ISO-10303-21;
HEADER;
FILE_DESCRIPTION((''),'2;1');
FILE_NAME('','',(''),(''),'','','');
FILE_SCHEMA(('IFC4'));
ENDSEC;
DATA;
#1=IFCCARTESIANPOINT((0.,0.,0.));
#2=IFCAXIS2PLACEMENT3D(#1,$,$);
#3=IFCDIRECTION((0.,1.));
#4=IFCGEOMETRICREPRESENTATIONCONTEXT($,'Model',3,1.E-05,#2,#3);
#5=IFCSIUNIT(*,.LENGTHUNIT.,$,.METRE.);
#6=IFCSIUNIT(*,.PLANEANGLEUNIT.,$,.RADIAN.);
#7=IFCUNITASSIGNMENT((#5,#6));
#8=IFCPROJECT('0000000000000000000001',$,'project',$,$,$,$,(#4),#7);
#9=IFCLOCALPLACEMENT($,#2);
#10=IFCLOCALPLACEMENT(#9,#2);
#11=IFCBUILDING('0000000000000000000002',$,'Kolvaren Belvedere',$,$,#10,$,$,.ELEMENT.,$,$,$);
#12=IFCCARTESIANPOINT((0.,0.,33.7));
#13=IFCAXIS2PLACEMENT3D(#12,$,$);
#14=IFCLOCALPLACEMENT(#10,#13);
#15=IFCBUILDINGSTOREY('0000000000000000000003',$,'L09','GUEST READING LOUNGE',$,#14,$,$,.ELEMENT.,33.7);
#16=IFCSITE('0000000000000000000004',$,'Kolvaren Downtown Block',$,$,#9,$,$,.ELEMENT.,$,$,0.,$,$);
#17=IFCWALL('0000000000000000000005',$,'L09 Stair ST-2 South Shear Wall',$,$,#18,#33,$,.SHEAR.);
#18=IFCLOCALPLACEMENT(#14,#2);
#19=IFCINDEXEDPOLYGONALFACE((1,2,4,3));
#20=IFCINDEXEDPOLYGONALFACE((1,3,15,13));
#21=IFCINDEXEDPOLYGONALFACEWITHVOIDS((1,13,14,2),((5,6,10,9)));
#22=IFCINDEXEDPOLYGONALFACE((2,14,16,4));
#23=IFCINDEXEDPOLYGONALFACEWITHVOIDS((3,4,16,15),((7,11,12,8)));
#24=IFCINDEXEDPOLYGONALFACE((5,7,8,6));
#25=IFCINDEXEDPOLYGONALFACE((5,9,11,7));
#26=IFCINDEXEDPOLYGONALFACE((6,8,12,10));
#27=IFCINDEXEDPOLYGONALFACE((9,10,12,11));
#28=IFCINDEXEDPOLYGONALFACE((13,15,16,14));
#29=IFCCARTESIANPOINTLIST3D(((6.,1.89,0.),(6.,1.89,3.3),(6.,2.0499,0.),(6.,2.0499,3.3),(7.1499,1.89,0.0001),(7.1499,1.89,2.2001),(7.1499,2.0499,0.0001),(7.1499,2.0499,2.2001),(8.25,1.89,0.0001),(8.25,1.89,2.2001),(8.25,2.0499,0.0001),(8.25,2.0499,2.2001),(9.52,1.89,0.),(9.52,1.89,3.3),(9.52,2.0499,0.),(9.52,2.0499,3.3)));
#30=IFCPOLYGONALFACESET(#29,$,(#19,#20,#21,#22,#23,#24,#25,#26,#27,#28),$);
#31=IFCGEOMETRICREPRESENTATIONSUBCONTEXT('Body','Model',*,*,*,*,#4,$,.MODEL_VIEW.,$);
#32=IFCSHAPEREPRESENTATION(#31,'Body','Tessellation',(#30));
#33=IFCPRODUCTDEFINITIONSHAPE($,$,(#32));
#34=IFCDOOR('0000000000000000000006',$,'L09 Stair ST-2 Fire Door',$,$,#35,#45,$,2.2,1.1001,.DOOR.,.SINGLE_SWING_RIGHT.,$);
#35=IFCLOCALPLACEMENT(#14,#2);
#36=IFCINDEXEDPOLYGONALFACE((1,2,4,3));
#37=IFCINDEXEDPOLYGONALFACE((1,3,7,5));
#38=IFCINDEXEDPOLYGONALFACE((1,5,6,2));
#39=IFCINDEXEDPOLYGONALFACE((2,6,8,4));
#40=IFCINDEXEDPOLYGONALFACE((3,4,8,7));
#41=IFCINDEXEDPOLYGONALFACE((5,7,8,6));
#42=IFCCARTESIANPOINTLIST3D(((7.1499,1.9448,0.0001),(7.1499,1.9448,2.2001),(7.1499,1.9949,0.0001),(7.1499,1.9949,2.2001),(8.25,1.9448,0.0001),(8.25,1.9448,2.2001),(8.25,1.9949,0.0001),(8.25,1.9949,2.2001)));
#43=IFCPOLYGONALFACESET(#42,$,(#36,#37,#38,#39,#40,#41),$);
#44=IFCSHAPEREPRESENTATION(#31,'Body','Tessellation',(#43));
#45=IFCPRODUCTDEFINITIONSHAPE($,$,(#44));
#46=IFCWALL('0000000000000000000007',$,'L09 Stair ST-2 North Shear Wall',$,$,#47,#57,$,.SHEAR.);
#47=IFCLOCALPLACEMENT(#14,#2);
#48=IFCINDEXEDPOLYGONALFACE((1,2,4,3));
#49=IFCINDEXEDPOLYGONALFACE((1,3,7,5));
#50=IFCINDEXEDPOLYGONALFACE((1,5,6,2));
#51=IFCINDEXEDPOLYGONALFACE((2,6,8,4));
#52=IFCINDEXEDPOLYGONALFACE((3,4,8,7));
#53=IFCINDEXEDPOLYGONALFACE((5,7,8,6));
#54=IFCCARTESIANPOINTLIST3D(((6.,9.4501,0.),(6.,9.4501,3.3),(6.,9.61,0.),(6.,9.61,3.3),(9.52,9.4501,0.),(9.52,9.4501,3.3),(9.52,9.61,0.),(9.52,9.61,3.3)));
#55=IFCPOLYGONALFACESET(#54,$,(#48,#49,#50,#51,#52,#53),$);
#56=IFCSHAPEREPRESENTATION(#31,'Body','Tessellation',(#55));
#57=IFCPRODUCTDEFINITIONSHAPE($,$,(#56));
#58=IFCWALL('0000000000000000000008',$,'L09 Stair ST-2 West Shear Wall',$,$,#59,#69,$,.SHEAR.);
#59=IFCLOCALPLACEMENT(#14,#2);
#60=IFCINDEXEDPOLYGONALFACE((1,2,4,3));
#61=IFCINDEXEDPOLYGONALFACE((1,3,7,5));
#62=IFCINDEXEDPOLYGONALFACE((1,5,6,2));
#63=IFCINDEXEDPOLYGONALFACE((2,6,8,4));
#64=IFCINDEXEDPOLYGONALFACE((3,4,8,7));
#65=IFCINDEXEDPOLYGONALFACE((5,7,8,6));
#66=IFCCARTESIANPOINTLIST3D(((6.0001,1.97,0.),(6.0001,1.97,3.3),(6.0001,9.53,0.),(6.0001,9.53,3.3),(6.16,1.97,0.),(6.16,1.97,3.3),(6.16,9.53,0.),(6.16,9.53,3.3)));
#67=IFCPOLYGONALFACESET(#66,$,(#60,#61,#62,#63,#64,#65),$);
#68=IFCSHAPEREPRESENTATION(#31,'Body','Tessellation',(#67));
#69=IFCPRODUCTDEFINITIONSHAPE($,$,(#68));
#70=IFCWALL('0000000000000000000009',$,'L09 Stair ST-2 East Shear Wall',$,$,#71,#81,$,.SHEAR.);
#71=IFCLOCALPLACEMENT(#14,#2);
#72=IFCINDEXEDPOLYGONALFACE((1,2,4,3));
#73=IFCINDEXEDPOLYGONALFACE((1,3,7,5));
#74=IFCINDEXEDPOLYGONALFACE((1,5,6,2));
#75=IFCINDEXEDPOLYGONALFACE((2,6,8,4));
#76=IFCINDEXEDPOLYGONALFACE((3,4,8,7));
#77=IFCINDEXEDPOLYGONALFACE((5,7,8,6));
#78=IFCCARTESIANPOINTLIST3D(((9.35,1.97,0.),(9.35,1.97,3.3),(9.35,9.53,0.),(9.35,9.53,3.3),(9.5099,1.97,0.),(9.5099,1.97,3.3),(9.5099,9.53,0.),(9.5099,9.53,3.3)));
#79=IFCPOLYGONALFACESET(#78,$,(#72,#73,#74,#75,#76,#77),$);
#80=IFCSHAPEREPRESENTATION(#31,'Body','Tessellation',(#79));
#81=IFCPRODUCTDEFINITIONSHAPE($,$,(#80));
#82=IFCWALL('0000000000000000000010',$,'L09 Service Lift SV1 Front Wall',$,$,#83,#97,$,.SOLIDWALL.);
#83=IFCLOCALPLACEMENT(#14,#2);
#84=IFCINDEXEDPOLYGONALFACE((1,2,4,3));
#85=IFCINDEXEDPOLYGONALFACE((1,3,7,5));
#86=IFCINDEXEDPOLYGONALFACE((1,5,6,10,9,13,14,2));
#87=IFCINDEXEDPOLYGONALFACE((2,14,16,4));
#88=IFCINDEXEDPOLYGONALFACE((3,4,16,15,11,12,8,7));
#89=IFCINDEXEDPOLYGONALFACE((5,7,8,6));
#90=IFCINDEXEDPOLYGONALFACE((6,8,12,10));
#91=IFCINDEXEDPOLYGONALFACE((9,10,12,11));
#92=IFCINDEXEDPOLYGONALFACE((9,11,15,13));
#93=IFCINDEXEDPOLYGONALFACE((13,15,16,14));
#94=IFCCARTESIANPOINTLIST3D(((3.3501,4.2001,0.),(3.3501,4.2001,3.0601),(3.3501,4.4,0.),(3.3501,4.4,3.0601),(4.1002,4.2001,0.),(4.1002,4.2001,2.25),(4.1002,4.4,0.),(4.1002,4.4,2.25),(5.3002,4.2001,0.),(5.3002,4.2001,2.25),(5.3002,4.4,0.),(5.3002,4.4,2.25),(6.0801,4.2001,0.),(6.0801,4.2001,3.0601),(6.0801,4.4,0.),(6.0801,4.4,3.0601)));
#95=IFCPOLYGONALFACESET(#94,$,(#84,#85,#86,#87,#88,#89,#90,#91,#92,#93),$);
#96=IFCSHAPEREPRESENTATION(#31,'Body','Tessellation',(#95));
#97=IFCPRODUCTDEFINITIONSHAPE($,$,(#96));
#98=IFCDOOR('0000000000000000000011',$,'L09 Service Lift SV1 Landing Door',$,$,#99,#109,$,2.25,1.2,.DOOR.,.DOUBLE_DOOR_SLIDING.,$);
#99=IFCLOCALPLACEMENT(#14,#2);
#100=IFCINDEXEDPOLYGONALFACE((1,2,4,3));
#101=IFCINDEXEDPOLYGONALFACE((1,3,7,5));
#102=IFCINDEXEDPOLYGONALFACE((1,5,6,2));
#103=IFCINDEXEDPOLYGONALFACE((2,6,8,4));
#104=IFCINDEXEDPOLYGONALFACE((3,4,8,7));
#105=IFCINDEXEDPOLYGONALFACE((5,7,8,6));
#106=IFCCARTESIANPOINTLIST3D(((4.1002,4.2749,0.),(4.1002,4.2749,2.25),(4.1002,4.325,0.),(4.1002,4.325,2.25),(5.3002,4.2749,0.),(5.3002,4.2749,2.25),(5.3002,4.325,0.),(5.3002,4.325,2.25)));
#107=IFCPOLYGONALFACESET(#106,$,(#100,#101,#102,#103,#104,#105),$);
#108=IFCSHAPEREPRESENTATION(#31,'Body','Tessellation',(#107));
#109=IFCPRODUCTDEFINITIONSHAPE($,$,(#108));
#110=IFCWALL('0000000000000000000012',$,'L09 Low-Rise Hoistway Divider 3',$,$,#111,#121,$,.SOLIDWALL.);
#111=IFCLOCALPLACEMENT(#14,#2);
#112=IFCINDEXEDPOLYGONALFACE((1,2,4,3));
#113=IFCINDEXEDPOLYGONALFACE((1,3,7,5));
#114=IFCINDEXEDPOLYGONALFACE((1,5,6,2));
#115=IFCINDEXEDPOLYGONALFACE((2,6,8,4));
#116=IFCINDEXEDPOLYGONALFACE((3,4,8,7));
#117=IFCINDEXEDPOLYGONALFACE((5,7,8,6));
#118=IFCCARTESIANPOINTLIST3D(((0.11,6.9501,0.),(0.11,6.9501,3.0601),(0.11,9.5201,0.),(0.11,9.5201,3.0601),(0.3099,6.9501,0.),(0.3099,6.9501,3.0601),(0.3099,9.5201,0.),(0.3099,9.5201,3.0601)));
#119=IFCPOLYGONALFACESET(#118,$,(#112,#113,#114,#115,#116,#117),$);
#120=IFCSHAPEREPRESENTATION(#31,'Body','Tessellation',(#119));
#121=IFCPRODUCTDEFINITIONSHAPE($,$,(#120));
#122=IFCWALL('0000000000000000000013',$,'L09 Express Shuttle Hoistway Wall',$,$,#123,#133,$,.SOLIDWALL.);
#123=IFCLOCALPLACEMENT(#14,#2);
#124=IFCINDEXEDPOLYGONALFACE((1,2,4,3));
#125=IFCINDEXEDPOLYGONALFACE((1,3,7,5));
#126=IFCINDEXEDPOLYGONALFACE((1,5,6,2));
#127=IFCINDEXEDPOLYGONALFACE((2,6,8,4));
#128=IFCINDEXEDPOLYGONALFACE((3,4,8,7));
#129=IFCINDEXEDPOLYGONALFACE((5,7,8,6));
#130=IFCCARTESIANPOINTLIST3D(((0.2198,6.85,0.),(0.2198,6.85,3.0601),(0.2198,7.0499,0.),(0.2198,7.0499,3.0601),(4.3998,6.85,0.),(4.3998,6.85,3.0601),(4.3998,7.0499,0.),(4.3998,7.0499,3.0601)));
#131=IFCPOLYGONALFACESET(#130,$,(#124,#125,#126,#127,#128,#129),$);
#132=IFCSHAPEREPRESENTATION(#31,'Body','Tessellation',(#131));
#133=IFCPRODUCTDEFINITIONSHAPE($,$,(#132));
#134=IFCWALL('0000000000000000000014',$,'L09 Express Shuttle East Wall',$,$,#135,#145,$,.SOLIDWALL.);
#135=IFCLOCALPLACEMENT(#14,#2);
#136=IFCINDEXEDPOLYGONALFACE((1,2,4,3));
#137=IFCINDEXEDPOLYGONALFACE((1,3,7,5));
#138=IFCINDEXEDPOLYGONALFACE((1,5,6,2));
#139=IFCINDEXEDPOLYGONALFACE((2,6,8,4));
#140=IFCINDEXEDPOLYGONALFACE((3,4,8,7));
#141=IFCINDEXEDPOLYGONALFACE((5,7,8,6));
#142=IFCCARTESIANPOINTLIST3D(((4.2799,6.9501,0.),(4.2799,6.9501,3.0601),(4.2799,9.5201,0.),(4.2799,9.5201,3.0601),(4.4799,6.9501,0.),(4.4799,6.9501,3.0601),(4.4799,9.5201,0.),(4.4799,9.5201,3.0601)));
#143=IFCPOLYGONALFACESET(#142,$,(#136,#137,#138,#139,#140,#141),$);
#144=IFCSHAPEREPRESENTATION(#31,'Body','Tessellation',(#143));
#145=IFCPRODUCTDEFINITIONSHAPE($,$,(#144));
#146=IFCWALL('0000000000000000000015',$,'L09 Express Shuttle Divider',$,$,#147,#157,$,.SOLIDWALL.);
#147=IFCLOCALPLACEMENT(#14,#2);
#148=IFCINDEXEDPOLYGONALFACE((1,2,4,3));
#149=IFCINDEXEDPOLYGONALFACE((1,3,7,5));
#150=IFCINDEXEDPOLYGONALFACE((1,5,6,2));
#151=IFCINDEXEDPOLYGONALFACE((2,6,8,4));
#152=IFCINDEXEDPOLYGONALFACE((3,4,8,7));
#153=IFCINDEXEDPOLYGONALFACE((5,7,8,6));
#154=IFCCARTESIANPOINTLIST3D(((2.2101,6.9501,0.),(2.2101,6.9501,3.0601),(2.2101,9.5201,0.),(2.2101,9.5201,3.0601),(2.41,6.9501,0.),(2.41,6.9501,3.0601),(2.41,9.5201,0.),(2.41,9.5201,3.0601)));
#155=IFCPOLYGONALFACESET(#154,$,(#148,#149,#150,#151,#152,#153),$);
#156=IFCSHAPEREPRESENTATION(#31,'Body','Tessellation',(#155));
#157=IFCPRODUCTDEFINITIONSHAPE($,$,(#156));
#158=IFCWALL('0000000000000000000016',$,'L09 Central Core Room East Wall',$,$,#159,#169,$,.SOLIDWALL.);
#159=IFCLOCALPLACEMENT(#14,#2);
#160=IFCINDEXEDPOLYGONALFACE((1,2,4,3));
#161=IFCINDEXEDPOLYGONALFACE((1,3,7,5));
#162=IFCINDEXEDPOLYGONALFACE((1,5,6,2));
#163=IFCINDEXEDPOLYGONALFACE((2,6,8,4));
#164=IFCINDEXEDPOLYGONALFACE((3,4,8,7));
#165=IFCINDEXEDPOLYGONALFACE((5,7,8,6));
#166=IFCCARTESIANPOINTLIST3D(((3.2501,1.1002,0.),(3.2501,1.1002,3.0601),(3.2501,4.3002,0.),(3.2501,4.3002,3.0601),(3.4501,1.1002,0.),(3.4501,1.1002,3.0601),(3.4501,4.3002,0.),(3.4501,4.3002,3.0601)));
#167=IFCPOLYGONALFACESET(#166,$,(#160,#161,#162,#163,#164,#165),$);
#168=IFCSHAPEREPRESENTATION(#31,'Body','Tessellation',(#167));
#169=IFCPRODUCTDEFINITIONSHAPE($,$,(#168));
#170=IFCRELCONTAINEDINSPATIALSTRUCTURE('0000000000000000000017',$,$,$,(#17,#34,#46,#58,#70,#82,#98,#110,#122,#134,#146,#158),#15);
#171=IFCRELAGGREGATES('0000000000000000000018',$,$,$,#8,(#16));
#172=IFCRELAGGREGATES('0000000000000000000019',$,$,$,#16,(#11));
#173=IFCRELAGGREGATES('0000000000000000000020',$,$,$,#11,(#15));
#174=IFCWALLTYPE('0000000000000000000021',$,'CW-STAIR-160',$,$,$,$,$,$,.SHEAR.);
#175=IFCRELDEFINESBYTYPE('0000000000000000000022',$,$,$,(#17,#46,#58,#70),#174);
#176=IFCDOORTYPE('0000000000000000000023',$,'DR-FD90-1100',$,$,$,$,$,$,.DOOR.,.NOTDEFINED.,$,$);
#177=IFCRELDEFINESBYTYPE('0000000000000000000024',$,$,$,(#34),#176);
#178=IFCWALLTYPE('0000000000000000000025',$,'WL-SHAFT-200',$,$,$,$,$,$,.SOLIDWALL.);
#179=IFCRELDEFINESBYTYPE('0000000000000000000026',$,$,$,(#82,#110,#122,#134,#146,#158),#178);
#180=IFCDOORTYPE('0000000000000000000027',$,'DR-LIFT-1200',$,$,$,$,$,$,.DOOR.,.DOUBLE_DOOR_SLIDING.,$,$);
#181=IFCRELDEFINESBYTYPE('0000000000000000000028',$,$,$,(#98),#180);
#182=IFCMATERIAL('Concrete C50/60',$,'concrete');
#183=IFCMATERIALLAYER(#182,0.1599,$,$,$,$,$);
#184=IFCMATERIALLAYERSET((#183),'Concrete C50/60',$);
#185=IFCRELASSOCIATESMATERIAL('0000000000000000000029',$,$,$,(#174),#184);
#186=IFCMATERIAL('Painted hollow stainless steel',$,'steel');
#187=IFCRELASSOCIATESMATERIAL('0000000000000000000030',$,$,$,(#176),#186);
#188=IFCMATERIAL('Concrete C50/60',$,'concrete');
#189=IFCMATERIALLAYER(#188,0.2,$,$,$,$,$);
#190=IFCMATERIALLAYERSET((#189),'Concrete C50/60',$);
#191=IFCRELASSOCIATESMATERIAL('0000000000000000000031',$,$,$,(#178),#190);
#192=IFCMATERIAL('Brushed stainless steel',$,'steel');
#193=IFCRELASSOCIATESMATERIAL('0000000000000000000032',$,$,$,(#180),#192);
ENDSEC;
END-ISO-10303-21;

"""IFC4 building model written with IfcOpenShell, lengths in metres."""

from ifc_helpers import new_model, si_unit, direction, frame, frame_2d, origin, place, context, subcontext, project, spatial, rectangle, extrude, material, layer, layer_set, type_object, element, fill, save


model = new_model("IFC4")

# Units and contexts
model_context = context("Model", 3, precision=1e-05, world=origin(), true_north=direction((0.0, 1.0)))
body_context = subcontext(model_context, "Body", "Model", "MODEL_VIEW")
ifc_project = project(units=[si_unit("LENGTHUNIT", "METRE"), si_unit("PLANEANGLEUNIT", "RADIAN")], contexts=[model_context])

# Site, building, storey
site_placement = place(None, origin())
site = spatial("IfcSite", under=ifc_project, at=site_placement, Name="Kolvaren Downtown Block", CompositionType="ELEMENT", RefElevation=0.0)
building_placement = place(site_placement, origin())
building = spatial("IfcBuilding", under=site, at=building_placement, Name="Kolvaren Belvedere", CompositionType="ELEMENT")
storey_placement = place(building_placement, frame((0.0, 0.0, 33.7)))
storey = spatial("IfcBuildingStorey", under=building, at=storey_placement, Name="L09", Description="GUEST READING LOUNGE", CompositionType="ELEMENT", Elevation=33.7)

# Wall, opening, door
ifc_material_1 = material(Name="Concrete C50/60", Category="concrete")
ifc_layer_1 = layer(ifc_material_1, 0.1599)
ifc_layer_set_1 = layer_set([ifc_layer_1], Name="Concrete C50/60")
wall_type_1 = type_object("IfcWallType", Name="CW-STAIR-160", PredefinedType="SHEAR", material=ifc_layer_set_1)
wall_1_placement = place(storey_placement, frame((6.0, 1.97, 0.0), z_axis=(0.0, 0.0, 1.0), x_axis=(1.0, 0.0, 0.0)))
wall_1 = element("IfcWall", 1, at=wall_1_placement, inside=storey, type_object=wall_type_1, Name="L09 Stair ST-2 South Shear Wall", PredefinedType="SHEAR", context=body_context, shape_type="SweptSolid", body=[
    extrude(rectangle(XDim=3.52, YDim=0.1599, at=frame_2d((1.76, 0.0))), origin(), (0.0, 0.0, 1.0), 3.3),
])
opening_1_placement = place(wall_1_placement, frame((1.1499, 0.0, 0.0)))
opening_1 = element("IfcOpeningElement", 2, at=opening_1_placement, cuts=wall_1, PredefinedType="OPENING", context=body_context, shape_type="SweptSolid", body=[
    extrude(rectangle(XDim=1.1001, YDim=2.2, at=frame_2d((0.55, 1.1001))), frame((0.0, 0.0898, 0.0), z_axis=(0.0, -1.0, 0.0), x_axis=(1.0, 0.0, 0.0)), (0.0, 0.0, 1.0), 0.1799),
])
ifc_material_2 = material(Name="Painted hollow stainless steel", Category="steel")
door_type_1 = type_object("IfcDoorType", Name="DR-FD90-1100", OperationType="NOTDEFINED", PredefinedType="DOOR", material=ifc_material_2)
door_1_placement = place(opening_1_placement, origin())
door_1 = element("IfcDoor", 3, at=door_1_placement, inside=storey, type_object=door_type_1, Name="L09 Stair ST-2 Fire Door", OperationType="SINGLE_SWING_RIGHT", OverallHeight=2.2, OverallWidth=1.1001, PredefinedType="DOOR", context=body_context, shape_type="SweptSolid", body=[
    extrude(rectangle(XDim=1.1001, YDim=2.2, at=frame_2d((0.55, 1.1001))), frame((0.0, 0.0249, 0.0), z_axis=(0.0, -1.0, 0.0), x_axis=(1.0, 0.0, 0.0)), (0.0, 0.0, 1.0), 0.05),
])
fill(opening_1, door_1)

# Walls
wall_2_placement = place(storey_placement, frame((6.0, 9.53, 0.0), z_axis=(0.0, 0.0, 1.0), x_axis=(1.0, 0.0, 0.0)))
element("IfcWall", 4, at=wall_2_placement, inside=storey, type_object=wall_type_1, Name="L09 Stair ST-2 North Shear Wall", PredefinedType="SHEAR", context=body_context, shape_type="SweptSolid", body=[
    extrude(rectangle(XDim=3.52, YDim=0.1599, at=frame_2d((1.76, 0.0))), origin(), (0.0, 0.0, 1.0), 3.3),
])
for number, where, z_axis, x_axis, name in (
    (5, (6.0801, 1.97, 0.0), (0.0, 0.0, 1.0), (0.0, 1.0, 0.0), "L09 Stair ST-2 West Shear Wall"),
    (6, (9.4299, 1.97, 0.0), (0.0, 0.0, 1.0), (0.0, 1.0, 0.0), "L09 Stair ST-2 East Shear Wall"),
):
    element("IfcWall", number, at=place(storey_placement, frame(where, z_axis=z_axis, x_axis=x_axis)), inside=storey, type_object=wall_type_1, Name=name, PredefinedType="SHEAR", context=body_context, shape_type="SweptSolid", body=[
        extrude(rectangle(XDim=7.5601, YDim=0.1599, at=frame_2d((3.78, 0.0))), origin(), (0.0, 0.0, 1.0), 3.3),
    ])

# Wall, opening, door
ifc_material_3 = material(Name="Concrete C50/60", Category="concrete")
ifc_layer_2 = layer(ifc_material_3, 0.2)
ifc_layer_set_2 = layer_set([ifc_layer_2], Name="Concrete C50/60")
wall_type_2 = type_object("IfcWallType", Name="WL-SHAFT-200", PredefinedType="SOLIDWALL", material=ifc_layer_set_2)
wall_3_placement = place(storey_placement, frame((3.3501, 4.3, 0.0), z_axis=(0.0, 0.0, 1.0), x_axis=(1.0, 0.0, 0.0)))
wall_3 = element("IfcWall", 7, at=wall_3_placement, inside=storey, type_object=wall_type_2, Name="L09 Service Lift SV1 Front Wall", PredefinedType="SOLIDWALL", context=body_context, shape_type="SweptSolid", body=[
    extrude(rectangle(XDim=2.73, YDim=0.2, at=frame_2d((1.365, 0.0))), origin(), (0.0, 0.0, 1.0), 3.0601),
])
opening_2_placement = place(wall_3_placement, frame((0.75, 0.0, 0.0)))
opening_2 = element("IfcOpeningElement", 8, at=opening_2_placement, cuts=wall_3, PredefinedType="OPENING", context=body_context, shape_type="SweptSolid", body=[
    extrude(rectangle(XDim=1.2, YDim=2.25, at=frame_2d((0.6001, 1.125))), frame((0.0, 0.1099, 0.0), z_axis=(0.0, -1.0, 0.0), x_axis=(1.0, 0.0, 0.0)), (0.0, 0.0, 1.0), 0.22),
])
ifc_material_4 = material(Name="Brushed stainless steel", Category="steel")
door_type_2 = type_object("IfcDoorType", Name="DR-LIFT-1200", OperationType="DOUBLE_DOOR_SLIDING", PredefinedType="DOOR", material=ifc_material_4)
door_2_placement = place(opening_2_placement, origin())
door_2 = element("IfcDoor", 9, at=door_2_placement, inside=storey, type_object=door_type_2, Name="L09 Service Lift SV1 Landing Door", OperationType="DOUBLE_DOOR_SLIDING", OverallHeight=2.25, OverallWidth=1.2, PredefinedType="DOOR", context=body_context, shape_type="SweptSolid", body=[
    extrude(rectangle(XDim=1.2, YDim=2.25, at=frame_2d((0.6001, 1.125))), frame((0.0, 0.0249, 0.0), z_axis=(0.0, -1.0, 0.0), x_axis=(1.0, 0.0, 0.0)), (0.0, 0.0, 1.0), 0.05),
])
fill(opening_2, door_2)

# Walls
wall_4_placement = place(storey_placement, frame((0.21, 6.95, 0.0), z_axis=(0.0, 0.0, 1.0), x_axis=(0.0, 1.0, 0.0)))
element("IfcWall", 10, at=wall_4_placement, inside=storey, type_object=wall_type_2, Name="L09 Low-Rise Hoistway Divider 3", PredefinedType="SOLIDWALL", context=body_context, shape_type="SweptSolid", body=[
    extrude(rectangle(XDim=2.5701, YDim=0.2, at=frame_2d((1.2852, 0.0))), origin(), (0.0, 0.0, 1.0), 3.0601),
])
wall_5_placement = place(storey_placement, frame((0.22, 6.95, 0.0), z_axis=(0.0, 0.0, 1.0), x_axis=(1.0, 0.0, 0.0)))
element("IfcWall", 11, at=wall_5_placement, inside=storey, type_object=wall_type_2, Name="L09 Express Shuttle Hoistway Wall", PredefinedType="SOLIDWALL", context=body_context, shape_type="SweptSolid", body=[
    extrude(rectangle(XDim=4.1799, YDim=0.2, at=frame_2d((2.0898, 0.0))), origin(), (0.0, 0.0, 1.0), 3.0601),
])
for number, where, z_axis, x_axis, name in (
    (12, (4.3799, 6.95, 0.0), (0.0, 0.0, 1.0), (0.0, 1.0, 0.0), "L09 Express Shuttle East Wall"),
    (13, (2.3101, 6.95, 0.0), (0.0, 0.0, 1.0), (0.0, 1.0, 0.0), "L09 Express Shuttle Divider"),
):
    element("IfcWall", number, at=place(storey_placement, frame(where, z_axis=z_axis, x_axis=x_axis)), inside=storey, type_object=wall_type_2, Name=name, PredefinedType="SOLIDWALL", context=body_context, shape_type="SweptSolid", body=[
        extrude(rectangle(XDim=2.5701, YDim=0.2, at=frame_2d((1.2852, 0.0))), origin(), (0.0, 0.0, 1.0), 3.0601),
    ])
wall_6_placement = place(storey_placement, frame((3.3501, 1.1001, 0.0), z_axis=(0.0, 0.0, 1.0), x_axis=(0.0, 1.0, 0.0)))
element("IfcWall", 14, at=wall_6_placement, inside=storey, type_object=wall_type_2, Name="L09 Central Core Room East Wall", PredefinedType="SOLIDWALL", context=body_context, shape_type="SweptSolid", body=[
    extrude(rectangle(XDim=3.2, YDim=0.2, at=frame_2d((1.6001, 0.0))), origin(), (0.0, 0.0, 1.0), 3.0601),
])

save(model, "model.ifc")
